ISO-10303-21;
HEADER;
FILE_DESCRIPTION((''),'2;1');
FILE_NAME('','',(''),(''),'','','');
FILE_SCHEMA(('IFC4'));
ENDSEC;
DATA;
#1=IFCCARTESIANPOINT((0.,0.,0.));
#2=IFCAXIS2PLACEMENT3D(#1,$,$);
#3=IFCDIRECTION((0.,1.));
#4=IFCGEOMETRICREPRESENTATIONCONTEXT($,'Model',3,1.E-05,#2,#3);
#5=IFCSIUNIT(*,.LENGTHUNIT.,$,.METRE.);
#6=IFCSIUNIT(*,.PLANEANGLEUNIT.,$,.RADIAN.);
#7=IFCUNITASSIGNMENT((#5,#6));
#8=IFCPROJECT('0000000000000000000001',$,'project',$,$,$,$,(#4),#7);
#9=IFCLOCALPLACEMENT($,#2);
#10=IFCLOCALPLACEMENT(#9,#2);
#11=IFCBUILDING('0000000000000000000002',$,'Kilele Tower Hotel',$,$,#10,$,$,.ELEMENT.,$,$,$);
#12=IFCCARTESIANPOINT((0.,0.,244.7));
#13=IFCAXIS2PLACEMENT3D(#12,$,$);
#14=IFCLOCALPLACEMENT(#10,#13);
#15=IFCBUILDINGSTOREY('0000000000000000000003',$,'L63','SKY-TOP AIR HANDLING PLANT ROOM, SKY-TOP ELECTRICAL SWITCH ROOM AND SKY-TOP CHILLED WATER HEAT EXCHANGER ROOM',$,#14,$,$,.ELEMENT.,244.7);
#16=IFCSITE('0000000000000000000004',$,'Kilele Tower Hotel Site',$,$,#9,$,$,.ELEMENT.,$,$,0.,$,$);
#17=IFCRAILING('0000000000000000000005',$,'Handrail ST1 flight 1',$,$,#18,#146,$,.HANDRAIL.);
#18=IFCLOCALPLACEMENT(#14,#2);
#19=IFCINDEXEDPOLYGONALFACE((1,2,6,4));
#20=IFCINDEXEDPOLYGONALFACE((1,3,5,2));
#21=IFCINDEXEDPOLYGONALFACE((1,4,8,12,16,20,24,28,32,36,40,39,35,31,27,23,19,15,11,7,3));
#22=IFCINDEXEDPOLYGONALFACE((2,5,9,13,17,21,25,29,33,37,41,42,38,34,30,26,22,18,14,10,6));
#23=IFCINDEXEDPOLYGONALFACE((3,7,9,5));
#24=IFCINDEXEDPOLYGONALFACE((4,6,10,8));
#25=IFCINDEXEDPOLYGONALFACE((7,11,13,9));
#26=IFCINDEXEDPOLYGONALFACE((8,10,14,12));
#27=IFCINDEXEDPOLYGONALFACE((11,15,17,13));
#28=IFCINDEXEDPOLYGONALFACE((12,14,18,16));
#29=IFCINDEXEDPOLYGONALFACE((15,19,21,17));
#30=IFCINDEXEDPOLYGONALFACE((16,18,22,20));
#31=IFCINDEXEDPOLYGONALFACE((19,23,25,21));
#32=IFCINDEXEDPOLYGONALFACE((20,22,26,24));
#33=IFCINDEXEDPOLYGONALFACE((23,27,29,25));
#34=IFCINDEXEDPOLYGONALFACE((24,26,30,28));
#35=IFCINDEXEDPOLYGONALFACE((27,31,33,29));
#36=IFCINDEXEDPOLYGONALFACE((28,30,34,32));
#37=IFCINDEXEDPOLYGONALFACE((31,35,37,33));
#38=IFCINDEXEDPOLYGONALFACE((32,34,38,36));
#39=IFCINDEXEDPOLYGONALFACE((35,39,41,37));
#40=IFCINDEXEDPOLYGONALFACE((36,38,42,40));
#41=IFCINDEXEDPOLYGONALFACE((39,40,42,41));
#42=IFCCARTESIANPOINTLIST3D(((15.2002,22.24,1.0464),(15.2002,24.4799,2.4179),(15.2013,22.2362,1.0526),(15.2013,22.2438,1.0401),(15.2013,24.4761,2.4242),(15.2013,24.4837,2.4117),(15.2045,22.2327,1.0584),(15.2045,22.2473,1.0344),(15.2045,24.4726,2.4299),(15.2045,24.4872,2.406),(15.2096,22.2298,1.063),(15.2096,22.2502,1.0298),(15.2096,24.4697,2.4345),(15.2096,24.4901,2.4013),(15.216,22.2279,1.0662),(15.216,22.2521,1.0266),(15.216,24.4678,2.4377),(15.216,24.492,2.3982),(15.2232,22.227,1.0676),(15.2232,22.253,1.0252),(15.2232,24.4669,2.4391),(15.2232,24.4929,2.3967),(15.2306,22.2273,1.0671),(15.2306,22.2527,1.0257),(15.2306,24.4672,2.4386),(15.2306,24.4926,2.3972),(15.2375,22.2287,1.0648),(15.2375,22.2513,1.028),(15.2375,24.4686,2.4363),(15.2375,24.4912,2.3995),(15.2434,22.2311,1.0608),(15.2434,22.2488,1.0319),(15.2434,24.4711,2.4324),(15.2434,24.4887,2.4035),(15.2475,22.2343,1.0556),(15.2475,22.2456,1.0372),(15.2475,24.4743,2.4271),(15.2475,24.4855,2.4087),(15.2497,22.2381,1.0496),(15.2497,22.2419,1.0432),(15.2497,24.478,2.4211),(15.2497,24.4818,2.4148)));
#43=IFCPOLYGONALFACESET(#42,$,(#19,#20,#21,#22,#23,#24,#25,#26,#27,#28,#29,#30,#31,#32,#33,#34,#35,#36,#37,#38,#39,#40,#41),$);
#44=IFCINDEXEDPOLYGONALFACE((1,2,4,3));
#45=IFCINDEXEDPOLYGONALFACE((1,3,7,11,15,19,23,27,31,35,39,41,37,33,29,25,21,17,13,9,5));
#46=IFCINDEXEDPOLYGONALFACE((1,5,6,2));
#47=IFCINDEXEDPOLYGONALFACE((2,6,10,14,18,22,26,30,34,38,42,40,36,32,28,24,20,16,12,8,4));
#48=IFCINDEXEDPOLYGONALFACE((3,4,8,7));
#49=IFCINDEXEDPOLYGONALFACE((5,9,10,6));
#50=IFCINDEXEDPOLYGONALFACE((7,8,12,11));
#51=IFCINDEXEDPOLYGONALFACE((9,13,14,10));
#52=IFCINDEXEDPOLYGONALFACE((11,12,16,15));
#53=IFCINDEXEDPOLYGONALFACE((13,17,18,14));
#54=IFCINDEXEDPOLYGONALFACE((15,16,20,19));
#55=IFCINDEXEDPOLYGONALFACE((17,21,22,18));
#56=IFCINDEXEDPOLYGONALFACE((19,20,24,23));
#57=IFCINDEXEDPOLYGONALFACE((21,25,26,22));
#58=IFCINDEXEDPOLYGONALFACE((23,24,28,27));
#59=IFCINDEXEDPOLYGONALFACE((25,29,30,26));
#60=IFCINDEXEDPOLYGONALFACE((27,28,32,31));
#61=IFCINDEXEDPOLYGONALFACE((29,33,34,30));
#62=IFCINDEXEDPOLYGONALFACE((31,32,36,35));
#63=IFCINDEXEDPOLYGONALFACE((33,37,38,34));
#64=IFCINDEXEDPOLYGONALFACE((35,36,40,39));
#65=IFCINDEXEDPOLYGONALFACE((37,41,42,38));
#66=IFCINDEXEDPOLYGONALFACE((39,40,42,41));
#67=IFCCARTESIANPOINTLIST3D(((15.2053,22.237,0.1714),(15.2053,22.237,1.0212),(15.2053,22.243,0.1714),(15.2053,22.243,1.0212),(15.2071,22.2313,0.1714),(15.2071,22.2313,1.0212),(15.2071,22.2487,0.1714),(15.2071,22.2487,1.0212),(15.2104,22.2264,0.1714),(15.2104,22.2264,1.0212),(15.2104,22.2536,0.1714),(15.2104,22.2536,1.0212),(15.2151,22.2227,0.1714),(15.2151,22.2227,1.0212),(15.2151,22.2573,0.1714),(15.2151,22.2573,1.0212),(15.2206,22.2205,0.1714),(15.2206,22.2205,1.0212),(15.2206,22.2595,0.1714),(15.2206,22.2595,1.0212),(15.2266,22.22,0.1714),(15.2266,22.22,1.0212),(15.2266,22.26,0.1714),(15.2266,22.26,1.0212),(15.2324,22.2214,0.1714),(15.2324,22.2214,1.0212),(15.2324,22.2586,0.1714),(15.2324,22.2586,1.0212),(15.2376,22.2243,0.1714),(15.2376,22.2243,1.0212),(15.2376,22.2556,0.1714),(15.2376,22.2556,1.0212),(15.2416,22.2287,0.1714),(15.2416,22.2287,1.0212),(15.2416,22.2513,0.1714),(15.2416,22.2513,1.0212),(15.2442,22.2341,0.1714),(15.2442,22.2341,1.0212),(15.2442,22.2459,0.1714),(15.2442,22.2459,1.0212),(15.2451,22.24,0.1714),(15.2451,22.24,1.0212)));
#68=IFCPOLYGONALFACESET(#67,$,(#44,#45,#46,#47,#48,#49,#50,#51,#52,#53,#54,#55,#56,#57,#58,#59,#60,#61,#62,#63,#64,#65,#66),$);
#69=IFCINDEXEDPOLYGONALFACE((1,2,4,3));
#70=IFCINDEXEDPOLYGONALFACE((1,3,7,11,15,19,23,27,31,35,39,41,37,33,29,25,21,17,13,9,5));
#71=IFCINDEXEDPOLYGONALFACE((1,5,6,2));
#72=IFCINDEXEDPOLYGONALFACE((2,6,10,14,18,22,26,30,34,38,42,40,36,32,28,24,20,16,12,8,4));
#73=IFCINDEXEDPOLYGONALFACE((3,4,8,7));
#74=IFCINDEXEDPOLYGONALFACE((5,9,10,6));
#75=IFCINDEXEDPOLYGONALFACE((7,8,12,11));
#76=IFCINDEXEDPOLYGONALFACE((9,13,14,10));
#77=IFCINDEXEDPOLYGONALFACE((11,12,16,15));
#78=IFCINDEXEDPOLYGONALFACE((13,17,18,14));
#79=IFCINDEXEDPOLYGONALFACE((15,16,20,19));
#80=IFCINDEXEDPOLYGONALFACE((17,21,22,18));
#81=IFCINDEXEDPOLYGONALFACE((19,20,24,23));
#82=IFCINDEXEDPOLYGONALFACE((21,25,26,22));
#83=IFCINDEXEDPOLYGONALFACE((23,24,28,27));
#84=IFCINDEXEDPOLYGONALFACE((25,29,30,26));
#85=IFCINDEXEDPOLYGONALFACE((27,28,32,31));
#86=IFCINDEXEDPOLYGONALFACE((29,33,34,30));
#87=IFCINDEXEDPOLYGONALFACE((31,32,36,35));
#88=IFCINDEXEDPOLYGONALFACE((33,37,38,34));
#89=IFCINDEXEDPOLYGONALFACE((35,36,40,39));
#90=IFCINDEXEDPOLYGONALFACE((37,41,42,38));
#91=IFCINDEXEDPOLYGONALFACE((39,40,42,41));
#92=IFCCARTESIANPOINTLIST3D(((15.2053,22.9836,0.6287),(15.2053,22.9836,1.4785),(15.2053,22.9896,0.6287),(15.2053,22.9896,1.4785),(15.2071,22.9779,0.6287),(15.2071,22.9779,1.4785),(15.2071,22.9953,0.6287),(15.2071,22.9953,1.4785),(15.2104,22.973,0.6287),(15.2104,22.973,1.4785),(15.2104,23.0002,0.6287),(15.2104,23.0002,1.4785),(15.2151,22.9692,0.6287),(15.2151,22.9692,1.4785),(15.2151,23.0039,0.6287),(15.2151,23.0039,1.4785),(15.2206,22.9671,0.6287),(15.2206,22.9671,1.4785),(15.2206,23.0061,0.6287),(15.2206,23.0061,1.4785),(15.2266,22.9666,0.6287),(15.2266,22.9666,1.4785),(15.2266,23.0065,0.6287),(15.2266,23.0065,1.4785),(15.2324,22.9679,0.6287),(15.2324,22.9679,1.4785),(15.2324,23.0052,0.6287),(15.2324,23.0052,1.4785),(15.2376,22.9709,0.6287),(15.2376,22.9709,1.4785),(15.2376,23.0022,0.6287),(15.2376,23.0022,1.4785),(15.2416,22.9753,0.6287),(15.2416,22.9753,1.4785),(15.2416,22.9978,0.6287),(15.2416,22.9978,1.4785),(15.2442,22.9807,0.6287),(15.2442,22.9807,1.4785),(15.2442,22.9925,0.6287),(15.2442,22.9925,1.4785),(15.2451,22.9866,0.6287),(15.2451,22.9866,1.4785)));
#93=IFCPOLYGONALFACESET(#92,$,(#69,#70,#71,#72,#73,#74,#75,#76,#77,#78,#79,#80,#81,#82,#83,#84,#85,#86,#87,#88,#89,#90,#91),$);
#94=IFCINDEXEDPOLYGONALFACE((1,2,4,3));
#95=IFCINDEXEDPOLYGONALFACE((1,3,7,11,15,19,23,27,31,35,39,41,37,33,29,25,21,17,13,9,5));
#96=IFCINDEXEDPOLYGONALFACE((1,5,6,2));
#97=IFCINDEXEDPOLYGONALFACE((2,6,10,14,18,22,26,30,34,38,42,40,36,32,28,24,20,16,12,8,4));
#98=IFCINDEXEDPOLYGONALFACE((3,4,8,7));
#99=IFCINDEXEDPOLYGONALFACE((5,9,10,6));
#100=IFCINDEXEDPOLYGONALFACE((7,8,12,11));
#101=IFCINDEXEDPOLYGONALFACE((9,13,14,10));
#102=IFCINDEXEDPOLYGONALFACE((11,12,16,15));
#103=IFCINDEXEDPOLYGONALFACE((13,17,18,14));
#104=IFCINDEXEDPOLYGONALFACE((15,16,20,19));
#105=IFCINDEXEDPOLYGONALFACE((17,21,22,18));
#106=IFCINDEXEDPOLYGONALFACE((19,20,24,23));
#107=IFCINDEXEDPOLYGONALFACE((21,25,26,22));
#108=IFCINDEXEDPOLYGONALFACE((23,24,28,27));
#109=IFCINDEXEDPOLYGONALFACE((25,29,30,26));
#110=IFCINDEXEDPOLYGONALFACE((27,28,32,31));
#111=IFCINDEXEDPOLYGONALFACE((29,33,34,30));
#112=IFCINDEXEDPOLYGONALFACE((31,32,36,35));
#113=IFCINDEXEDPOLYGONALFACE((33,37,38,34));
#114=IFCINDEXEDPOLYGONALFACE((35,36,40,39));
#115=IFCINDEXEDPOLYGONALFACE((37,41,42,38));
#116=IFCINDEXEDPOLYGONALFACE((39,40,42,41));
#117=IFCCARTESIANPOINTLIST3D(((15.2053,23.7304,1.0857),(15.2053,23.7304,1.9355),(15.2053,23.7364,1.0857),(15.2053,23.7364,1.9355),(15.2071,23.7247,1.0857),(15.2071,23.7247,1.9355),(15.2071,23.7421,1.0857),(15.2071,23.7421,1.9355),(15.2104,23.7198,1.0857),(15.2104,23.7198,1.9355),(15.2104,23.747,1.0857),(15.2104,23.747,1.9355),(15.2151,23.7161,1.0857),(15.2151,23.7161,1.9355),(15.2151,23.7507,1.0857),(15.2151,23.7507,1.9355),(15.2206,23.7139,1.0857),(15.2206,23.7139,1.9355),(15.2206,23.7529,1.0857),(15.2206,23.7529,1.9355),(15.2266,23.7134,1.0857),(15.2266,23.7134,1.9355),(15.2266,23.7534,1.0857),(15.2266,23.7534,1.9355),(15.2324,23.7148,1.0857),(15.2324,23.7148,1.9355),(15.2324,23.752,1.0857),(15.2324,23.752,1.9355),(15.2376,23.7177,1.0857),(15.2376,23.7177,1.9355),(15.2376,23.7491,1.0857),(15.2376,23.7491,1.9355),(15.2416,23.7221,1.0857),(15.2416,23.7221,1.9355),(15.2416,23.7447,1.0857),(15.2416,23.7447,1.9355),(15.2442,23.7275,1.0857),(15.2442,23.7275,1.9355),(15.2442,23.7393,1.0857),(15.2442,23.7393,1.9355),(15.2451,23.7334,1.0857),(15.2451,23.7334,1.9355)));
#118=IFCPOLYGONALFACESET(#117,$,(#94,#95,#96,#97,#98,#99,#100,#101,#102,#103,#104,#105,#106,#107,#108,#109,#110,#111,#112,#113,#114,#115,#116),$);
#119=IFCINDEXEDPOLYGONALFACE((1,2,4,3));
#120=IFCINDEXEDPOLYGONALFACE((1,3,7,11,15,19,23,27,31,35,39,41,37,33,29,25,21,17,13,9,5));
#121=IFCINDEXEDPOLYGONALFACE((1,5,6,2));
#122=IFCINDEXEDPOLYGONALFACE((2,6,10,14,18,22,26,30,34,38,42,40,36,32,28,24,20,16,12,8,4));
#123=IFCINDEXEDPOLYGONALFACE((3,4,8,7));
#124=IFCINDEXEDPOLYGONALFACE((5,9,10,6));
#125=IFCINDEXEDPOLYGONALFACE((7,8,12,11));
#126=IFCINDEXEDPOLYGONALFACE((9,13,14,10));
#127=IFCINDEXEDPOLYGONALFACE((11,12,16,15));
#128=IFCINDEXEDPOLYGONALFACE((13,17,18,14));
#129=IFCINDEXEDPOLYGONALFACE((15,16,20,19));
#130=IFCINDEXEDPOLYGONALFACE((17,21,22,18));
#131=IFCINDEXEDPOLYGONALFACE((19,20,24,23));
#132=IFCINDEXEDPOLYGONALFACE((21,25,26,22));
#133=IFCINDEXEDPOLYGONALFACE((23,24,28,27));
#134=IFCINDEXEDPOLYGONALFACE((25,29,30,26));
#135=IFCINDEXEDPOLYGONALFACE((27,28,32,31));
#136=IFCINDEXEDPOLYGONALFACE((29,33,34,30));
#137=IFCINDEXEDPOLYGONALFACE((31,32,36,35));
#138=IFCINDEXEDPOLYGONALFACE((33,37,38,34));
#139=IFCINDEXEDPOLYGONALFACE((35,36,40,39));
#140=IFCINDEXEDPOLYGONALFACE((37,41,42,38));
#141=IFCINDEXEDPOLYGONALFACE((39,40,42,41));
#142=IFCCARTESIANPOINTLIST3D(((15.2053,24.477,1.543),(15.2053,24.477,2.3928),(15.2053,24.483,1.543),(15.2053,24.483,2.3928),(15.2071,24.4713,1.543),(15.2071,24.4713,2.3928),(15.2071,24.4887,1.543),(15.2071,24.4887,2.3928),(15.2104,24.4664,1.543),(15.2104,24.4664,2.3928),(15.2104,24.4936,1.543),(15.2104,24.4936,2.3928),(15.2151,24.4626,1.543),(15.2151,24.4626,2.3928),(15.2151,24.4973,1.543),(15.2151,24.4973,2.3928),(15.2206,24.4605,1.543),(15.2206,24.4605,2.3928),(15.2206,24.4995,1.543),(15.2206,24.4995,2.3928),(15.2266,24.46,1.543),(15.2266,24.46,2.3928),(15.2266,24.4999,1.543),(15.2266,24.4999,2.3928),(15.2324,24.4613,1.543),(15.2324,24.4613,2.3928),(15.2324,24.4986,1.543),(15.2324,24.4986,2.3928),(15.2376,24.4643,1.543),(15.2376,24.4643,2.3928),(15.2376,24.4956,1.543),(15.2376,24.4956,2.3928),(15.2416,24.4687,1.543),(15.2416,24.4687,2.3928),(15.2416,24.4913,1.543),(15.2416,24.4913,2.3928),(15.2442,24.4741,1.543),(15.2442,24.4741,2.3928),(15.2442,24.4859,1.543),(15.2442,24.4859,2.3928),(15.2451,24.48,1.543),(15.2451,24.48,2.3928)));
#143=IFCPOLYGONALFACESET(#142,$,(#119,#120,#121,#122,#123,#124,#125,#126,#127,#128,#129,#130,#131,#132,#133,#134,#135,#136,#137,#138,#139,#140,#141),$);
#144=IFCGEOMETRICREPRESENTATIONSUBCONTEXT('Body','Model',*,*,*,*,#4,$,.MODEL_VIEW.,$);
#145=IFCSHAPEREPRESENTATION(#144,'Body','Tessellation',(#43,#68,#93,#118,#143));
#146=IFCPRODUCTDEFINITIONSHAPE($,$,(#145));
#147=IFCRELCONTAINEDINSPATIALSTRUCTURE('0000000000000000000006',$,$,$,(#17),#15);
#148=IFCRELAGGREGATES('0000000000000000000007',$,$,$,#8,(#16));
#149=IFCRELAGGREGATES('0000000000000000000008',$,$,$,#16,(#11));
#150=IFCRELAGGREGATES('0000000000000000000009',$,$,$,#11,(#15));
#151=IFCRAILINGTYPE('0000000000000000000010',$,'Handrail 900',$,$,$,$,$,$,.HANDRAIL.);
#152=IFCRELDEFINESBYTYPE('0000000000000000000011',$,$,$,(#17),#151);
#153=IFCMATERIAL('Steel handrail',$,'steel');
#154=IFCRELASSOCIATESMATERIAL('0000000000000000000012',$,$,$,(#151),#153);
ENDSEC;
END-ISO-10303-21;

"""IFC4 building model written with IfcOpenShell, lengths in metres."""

from ifc_helpers import new_model, si_unit, direction, frame, origin, origin_2d, place, context, subcontext, project, spatial, circle, extrude, material, type_object, element, save


model = new_model("IFC4")

# Units and contexts
model_context = context("Model", 3, precision=1e-05, world=origin(), true_north=direction((0.0, 1.0)))
body_context = subcontext(model_context, "Body", "Model", "MODEL_VIEW")
ifc_project = project(units=[si_unit("LENGTHUNIT", "METRE"), si_unit("PLANEANGLEUNIT", "RADIAN")], contexts=[model_context])

# Site, building, storey
site_placement = place(None, origin())
site = spatial("IfcSite", under=ifc_project, at=site_placement, Name="Kilele Tower Hotel Site", CompositionType="ELEMENT", RefElevation=0.0)
building_placement = place(site_placement, origin())
building = spatial("IfcBuilding", under=site, at=building_placement, Name="Kilele Tower Hotel", CompositionType="ELEMENT")
storey_placement = place(building_placement, frame((0.0, 0.0, 244.7)))
storey = spatial("IfcBuildingStorey", under=building, at=storey_placement, Name="L63", Description="SKY-TOP AIR HANDLING PLANT ROOM, SKY-TOP ELECTRICAL SWITCH ROOM AND SKY-TOP CHILLED WATER HEAT EXCHANGER ROOM", CompositionType="ELEMENT", Elevation=244.7)

# Railing
ifc_material_1 = material(Name="Steel handrail", Category="steel")
railing_type_1 = type_object("IfcRailingType", Name="Handrail 900", PredefinedType="HANDRAIL", material=ifc_material_1)
for number, where, name in (
    (1, (15.2251, 22.24, 0.1714), "Handrail ST1 flight 1"),
):
    element("IfcRailing", number, at=place(storey_placement, frame(where)), inside=storey, type_object=railing_type_1, Name=name, PredefinedType="HANDRAIL", context=body_context, shape_type="SweptSolid", body=[
        extrude(circle(Radius=0.0249, at=origin_2d()), frame((0.0, 0.0, 0.875), z_axis=(0.0, 0.852824, 0.522198), x_axis=(-1.0, 0.0, 0.0)), (0.0, 0.0, 1.0), 2.6265),
        extrude(circle(Radius=0.02, at=origin_2d()), origin(), (0.0, 0.0, 1.0), 0.8499),
        extrude(circle(Radius=0.02, at=origin_2d()), frame((0.0, 0.7466, 0.4573)), (0.0, 0.0, 1.0), 0.8499),
        extrude(circle(Radius=0.02, at=origin_2d()), frame((0.0, 1.4934, 0.9143)), (0.0, 0.0, 1.0), 0.8499),
        extrude(circle(Radius=0.02, at=origin_2d()), frame((0.0, 2.24, 1.3716)), (0.0, 0.0, 1.0), 0.8499),
    ])

save(model, "model.ifc")
